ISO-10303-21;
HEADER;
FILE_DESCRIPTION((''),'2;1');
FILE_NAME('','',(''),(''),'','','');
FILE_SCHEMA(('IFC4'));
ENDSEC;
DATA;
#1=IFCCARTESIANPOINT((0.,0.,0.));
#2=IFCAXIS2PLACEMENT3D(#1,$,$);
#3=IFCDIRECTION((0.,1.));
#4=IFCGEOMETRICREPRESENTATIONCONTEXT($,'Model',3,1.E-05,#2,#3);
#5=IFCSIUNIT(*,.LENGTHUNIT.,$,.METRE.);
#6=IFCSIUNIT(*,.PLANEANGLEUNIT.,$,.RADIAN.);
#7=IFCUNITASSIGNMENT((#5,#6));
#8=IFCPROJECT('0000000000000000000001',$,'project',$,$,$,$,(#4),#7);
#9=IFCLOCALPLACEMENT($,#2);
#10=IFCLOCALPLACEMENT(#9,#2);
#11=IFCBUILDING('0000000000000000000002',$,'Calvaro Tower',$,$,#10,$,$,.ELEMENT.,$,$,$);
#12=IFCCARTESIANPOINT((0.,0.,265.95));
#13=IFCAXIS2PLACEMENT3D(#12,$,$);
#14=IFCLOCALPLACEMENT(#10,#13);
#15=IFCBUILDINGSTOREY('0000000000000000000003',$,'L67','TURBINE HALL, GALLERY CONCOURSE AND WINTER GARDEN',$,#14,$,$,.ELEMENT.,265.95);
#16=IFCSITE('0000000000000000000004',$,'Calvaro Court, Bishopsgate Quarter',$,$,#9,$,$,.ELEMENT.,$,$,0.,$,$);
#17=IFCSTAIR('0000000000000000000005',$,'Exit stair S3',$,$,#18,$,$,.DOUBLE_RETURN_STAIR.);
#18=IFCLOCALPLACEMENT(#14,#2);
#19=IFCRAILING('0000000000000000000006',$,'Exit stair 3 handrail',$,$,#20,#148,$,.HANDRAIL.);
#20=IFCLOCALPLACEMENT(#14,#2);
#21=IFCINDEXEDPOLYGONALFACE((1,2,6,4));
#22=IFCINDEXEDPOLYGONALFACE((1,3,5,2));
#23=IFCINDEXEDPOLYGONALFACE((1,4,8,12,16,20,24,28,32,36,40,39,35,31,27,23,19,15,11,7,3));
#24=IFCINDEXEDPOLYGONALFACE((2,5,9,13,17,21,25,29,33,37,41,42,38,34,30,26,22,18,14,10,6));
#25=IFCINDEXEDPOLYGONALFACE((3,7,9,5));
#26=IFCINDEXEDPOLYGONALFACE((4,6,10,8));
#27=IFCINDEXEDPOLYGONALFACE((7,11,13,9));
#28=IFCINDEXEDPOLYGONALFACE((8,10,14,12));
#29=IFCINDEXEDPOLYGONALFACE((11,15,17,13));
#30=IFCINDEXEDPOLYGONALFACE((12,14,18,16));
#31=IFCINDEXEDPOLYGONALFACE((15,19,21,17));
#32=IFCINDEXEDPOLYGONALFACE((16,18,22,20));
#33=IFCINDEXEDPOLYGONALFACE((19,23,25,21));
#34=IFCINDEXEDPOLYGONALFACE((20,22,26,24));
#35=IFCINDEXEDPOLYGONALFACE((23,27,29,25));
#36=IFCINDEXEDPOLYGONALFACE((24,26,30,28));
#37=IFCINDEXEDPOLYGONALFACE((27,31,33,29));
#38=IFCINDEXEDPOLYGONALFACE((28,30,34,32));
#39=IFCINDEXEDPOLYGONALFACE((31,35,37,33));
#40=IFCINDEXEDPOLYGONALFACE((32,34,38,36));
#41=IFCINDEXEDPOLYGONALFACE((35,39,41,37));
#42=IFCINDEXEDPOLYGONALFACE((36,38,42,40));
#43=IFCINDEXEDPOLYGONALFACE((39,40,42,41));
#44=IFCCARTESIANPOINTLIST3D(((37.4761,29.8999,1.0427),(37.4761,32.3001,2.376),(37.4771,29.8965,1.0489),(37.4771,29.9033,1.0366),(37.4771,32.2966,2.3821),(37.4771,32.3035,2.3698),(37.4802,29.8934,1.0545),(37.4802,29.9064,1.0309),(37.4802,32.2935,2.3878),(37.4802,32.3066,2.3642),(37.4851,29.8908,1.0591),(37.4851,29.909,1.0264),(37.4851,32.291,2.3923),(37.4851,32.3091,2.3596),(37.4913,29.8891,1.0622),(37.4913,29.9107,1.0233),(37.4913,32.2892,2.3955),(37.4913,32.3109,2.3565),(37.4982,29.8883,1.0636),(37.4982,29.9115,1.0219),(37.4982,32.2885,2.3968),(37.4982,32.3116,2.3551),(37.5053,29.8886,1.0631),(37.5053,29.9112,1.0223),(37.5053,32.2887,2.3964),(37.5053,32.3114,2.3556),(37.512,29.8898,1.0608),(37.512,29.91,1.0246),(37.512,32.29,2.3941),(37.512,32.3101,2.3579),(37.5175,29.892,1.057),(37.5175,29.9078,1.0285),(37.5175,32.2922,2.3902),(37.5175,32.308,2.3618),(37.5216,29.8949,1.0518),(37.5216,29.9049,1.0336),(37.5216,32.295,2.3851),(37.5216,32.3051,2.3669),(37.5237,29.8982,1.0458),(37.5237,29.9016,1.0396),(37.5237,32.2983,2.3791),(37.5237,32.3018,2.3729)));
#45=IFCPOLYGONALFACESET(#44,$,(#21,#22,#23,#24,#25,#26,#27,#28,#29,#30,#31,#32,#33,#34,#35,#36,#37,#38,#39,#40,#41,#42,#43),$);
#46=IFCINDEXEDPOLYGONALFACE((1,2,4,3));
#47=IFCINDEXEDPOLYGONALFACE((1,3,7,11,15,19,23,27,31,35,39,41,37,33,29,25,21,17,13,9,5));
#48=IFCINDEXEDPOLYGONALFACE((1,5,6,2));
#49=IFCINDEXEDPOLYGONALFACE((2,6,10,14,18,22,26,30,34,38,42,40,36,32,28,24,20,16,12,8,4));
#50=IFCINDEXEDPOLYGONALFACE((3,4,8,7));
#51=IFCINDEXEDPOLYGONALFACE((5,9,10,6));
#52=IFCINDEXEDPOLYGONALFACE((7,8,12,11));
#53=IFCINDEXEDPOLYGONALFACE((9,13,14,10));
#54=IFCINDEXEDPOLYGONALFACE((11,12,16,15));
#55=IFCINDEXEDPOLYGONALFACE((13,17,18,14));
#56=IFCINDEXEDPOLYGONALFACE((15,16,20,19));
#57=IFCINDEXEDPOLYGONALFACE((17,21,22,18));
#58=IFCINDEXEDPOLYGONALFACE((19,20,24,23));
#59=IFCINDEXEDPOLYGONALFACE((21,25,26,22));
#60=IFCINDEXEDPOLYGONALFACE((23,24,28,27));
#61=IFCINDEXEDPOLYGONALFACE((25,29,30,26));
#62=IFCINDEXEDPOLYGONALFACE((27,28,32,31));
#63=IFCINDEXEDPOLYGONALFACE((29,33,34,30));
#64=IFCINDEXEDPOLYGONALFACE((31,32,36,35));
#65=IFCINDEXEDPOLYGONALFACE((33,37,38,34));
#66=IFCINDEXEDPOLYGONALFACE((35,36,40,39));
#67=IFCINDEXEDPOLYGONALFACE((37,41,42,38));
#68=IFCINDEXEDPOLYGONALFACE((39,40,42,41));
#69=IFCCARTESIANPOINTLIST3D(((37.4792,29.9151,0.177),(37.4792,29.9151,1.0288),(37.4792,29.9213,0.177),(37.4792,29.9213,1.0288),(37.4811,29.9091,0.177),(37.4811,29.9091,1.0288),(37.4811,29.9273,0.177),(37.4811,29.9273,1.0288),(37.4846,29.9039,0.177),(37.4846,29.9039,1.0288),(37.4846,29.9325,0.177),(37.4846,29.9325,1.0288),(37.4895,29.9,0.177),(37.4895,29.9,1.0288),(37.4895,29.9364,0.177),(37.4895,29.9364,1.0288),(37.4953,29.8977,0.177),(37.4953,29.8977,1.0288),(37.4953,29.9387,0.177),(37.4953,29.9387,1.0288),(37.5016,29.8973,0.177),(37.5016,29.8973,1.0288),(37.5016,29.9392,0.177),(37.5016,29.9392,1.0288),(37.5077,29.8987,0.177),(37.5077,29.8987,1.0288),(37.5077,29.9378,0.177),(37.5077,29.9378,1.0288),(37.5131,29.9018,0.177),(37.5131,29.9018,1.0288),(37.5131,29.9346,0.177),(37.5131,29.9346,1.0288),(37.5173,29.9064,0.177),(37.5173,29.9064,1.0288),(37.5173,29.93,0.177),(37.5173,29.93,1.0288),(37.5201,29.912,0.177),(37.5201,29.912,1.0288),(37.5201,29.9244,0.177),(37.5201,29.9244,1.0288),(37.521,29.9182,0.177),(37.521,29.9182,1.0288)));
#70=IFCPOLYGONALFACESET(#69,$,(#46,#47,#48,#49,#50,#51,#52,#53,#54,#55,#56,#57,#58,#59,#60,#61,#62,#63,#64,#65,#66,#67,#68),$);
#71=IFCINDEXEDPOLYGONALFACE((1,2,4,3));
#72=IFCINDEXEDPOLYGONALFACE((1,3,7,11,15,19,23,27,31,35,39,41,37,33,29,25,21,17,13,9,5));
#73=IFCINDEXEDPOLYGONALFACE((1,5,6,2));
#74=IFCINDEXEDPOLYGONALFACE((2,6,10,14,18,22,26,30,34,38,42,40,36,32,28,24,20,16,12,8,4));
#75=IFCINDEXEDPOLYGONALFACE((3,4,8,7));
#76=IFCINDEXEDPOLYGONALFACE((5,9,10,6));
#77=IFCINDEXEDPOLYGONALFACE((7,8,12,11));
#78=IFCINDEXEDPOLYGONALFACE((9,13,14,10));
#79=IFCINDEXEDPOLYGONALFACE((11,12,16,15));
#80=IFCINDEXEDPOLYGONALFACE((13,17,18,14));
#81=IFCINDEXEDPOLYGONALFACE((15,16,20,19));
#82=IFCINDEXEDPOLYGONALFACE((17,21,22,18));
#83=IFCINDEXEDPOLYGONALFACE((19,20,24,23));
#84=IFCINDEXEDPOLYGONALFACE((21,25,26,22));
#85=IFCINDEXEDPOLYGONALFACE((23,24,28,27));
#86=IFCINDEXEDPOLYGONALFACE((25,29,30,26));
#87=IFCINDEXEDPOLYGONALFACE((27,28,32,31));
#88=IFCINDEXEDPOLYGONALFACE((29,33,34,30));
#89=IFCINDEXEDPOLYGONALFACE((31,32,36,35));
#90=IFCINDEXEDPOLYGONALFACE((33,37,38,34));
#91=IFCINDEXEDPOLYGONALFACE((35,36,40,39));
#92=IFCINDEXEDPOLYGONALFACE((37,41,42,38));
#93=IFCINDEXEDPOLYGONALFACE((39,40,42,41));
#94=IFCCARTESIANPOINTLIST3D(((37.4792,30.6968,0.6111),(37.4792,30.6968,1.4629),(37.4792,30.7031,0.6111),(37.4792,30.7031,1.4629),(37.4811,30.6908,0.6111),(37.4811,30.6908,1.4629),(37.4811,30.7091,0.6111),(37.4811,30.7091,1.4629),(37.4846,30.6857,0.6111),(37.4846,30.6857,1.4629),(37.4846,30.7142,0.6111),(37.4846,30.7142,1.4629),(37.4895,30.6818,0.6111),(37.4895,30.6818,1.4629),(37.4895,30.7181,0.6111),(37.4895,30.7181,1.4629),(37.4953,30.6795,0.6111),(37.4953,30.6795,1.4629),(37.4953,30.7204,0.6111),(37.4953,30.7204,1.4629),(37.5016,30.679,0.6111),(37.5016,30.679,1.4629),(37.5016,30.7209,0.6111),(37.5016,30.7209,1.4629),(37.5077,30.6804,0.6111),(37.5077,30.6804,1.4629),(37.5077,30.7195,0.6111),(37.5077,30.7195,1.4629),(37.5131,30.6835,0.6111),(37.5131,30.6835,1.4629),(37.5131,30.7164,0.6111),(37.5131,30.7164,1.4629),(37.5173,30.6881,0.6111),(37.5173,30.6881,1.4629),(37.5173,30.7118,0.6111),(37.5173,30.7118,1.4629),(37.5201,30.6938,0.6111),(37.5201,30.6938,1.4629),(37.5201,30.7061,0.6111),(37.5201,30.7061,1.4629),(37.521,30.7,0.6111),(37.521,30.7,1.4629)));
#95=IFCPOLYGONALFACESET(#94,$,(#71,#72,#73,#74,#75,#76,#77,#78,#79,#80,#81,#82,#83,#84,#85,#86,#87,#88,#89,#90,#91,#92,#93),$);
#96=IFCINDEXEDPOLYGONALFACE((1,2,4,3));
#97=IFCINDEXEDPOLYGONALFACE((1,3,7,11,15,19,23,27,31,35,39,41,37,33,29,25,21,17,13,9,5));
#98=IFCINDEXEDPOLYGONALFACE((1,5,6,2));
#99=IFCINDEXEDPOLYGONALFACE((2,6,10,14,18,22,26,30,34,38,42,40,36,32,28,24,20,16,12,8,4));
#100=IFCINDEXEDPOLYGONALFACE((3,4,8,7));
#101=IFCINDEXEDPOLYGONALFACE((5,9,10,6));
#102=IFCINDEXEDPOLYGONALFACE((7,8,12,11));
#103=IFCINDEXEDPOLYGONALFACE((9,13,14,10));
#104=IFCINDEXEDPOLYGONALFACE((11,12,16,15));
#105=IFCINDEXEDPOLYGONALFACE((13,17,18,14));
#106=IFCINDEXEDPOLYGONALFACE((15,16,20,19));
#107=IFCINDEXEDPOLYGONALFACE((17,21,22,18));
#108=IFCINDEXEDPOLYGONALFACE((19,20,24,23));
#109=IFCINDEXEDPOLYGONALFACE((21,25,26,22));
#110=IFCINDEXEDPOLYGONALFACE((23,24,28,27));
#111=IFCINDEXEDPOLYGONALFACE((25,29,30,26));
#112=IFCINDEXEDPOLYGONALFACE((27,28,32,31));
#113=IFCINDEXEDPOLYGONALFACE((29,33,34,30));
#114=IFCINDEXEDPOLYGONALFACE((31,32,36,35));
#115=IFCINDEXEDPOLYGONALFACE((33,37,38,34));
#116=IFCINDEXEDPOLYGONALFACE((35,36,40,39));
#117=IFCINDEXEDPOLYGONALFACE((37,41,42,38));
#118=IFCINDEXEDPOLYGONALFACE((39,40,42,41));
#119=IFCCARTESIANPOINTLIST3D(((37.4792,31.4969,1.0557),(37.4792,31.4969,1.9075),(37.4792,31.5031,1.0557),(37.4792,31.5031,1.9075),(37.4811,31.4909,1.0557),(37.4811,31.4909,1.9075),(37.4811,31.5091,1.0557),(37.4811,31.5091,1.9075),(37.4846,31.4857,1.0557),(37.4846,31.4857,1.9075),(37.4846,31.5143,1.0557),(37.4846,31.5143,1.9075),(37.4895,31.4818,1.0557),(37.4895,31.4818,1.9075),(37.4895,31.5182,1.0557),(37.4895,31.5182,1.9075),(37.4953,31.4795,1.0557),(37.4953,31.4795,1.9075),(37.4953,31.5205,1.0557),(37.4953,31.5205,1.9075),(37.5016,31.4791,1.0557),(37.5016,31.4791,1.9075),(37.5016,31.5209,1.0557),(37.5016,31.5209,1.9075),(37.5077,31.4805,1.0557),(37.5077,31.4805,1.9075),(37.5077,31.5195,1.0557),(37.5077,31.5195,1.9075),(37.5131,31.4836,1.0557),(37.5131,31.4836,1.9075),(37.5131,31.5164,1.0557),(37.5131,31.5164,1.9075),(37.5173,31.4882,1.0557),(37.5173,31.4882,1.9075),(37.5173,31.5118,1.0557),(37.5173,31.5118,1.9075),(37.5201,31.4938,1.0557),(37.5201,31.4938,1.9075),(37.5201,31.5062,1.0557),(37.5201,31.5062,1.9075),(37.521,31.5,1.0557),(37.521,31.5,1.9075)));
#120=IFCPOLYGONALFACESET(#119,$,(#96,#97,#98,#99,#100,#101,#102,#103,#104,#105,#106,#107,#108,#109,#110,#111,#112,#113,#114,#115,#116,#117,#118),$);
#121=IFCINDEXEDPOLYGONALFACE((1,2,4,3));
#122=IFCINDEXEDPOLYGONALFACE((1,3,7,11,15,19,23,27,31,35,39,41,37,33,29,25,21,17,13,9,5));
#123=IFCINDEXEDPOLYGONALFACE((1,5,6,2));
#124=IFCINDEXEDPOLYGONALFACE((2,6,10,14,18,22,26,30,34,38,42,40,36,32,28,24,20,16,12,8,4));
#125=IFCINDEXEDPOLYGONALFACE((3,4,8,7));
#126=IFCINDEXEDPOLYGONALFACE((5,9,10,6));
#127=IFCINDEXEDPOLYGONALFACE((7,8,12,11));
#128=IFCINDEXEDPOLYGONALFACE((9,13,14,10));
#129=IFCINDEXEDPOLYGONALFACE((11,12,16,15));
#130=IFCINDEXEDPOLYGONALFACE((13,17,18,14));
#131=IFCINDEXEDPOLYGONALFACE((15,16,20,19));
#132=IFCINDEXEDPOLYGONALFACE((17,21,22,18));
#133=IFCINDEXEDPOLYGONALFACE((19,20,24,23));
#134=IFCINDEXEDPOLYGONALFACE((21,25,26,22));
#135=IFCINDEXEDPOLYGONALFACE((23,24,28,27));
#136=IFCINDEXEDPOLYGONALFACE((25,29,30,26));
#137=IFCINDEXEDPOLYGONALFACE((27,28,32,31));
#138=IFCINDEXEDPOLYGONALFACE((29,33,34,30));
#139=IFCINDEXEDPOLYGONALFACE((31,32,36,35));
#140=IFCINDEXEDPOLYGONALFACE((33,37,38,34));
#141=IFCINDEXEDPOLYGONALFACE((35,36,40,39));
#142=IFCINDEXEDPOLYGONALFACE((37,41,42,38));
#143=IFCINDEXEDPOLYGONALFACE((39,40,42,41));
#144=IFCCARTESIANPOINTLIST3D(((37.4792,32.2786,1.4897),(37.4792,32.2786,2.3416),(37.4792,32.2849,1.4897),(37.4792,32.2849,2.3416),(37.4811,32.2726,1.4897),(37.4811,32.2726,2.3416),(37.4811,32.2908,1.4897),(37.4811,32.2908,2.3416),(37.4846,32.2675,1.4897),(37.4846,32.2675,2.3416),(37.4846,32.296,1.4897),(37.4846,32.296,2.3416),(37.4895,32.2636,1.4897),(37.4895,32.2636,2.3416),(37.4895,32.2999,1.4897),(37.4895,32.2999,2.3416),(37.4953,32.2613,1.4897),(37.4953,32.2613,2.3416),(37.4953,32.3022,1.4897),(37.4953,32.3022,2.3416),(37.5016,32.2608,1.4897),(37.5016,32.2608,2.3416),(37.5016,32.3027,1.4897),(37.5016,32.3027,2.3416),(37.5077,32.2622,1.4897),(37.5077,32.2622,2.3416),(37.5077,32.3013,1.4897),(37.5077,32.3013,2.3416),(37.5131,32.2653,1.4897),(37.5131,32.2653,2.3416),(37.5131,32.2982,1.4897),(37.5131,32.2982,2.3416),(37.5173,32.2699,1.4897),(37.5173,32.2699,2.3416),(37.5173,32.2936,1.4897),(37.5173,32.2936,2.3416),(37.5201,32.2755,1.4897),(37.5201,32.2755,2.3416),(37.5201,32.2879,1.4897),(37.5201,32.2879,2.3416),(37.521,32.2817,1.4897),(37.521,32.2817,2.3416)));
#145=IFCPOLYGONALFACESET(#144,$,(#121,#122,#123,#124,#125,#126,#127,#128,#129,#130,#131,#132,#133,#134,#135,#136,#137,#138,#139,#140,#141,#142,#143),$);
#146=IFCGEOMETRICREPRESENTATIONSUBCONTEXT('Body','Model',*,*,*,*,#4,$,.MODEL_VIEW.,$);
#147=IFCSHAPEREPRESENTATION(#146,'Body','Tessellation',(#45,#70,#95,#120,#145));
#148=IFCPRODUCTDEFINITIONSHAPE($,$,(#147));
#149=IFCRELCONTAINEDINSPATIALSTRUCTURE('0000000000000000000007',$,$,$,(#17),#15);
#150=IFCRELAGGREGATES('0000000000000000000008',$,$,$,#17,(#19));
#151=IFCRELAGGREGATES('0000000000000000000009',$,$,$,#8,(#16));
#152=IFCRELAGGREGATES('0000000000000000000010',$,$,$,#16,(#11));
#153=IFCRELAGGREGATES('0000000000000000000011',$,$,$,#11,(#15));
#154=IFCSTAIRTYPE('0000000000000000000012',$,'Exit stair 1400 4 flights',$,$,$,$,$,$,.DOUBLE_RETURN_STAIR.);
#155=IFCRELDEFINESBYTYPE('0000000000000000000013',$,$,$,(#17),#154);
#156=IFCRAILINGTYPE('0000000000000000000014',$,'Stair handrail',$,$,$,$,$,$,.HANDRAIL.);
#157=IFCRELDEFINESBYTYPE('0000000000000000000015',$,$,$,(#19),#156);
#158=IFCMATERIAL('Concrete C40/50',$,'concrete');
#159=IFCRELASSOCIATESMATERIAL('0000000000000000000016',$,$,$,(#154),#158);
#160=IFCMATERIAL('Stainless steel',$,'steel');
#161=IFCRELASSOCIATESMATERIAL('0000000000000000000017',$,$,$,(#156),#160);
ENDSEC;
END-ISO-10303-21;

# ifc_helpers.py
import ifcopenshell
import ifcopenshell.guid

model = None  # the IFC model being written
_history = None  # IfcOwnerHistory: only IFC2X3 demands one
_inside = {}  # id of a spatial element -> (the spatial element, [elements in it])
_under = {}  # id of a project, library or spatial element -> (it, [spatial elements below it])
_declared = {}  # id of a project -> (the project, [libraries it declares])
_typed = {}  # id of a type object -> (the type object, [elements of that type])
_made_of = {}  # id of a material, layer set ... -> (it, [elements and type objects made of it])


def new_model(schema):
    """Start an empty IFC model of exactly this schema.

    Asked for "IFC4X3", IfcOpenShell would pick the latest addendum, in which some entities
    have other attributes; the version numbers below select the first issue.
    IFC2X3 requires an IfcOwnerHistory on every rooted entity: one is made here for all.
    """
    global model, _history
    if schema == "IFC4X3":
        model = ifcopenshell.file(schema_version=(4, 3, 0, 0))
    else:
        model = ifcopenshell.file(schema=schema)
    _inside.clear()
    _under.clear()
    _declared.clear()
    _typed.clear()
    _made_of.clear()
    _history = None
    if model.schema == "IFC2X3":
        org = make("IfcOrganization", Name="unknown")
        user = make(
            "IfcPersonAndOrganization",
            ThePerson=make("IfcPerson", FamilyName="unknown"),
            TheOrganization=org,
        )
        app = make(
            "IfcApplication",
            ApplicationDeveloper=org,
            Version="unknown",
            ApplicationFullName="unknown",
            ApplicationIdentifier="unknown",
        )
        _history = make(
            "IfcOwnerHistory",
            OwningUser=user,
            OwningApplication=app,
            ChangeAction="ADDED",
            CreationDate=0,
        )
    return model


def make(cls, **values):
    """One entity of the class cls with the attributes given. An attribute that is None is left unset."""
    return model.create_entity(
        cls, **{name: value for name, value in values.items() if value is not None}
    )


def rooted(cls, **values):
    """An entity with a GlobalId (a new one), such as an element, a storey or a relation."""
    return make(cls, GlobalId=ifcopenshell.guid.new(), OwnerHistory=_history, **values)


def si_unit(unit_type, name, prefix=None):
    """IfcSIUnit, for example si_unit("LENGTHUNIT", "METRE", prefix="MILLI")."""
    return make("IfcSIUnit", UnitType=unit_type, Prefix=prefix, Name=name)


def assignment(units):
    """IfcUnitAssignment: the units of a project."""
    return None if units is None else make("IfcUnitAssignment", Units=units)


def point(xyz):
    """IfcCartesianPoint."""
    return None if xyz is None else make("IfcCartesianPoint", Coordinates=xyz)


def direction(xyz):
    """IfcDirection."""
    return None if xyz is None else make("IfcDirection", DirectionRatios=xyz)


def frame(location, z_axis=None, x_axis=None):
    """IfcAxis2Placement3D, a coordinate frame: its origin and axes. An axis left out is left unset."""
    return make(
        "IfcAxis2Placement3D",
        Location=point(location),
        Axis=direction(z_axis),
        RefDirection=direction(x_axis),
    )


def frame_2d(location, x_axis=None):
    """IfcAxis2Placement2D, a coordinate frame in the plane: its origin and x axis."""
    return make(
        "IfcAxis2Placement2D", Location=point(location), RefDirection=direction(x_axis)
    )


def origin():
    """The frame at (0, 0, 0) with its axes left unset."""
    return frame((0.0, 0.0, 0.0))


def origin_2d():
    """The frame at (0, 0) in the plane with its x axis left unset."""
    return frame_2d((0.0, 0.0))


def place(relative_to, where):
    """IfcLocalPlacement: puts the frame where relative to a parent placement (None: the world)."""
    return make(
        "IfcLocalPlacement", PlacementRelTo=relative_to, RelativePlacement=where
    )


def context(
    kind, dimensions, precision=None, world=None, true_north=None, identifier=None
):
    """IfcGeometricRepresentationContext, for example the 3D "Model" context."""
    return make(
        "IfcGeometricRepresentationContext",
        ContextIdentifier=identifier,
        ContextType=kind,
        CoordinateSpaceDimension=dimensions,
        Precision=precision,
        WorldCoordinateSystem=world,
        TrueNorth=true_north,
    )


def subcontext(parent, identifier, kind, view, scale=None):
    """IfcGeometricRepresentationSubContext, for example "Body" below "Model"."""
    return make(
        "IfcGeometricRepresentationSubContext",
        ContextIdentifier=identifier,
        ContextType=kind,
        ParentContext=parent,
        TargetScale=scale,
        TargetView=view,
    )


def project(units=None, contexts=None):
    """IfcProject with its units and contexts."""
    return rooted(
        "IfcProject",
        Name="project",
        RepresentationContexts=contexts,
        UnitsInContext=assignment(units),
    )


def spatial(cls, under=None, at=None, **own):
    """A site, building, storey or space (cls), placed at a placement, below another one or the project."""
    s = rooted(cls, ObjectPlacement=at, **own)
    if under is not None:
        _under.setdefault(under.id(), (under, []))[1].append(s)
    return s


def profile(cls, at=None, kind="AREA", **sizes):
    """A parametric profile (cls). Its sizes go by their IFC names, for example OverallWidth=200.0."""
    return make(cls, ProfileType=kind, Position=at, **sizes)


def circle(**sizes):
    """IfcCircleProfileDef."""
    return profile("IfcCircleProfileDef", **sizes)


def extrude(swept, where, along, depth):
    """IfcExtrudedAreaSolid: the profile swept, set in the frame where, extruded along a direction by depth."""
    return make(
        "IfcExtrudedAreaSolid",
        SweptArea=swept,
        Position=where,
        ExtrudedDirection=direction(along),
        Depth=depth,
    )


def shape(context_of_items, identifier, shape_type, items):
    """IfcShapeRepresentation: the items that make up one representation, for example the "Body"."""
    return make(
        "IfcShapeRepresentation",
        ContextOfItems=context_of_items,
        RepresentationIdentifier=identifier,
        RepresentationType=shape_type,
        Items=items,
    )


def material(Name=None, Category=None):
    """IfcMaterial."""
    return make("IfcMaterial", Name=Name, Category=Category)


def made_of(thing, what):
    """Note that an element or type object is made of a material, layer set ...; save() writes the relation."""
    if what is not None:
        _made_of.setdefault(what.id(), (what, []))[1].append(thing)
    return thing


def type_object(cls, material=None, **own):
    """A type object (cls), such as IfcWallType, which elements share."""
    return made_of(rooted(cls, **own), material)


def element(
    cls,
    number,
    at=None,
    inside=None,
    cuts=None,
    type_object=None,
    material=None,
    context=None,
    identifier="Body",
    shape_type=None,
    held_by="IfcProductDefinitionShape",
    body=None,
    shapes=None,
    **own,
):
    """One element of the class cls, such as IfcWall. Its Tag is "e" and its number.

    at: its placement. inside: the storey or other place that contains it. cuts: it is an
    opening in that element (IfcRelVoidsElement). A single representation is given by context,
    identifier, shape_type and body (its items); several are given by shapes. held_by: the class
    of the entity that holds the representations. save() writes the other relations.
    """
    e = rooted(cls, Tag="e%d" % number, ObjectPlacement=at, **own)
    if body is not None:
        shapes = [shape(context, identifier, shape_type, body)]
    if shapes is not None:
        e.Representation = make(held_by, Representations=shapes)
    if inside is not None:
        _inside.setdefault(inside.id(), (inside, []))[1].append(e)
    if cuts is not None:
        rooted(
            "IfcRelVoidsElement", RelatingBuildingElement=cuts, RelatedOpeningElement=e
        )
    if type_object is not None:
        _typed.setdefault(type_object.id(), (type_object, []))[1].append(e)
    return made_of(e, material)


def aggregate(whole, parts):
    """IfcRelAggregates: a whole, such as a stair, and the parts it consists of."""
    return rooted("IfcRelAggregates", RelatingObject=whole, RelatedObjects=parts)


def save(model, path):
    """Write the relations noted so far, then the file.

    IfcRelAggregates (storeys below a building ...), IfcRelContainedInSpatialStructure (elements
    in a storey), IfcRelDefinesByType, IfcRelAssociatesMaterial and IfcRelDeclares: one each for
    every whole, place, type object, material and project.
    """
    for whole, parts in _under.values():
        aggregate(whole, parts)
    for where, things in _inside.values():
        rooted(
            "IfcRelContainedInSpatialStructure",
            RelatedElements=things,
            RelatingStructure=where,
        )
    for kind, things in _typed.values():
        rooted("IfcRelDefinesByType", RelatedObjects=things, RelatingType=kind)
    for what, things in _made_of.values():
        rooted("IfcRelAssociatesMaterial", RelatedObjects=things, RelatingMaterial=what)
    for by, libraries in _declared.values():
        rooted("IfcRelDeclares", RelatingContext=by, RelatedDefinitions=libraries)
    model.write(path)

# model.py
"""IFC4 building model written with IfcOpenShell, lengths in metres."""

from ifc_helpers import new_model, si_unit, direction, frame, origin, origin_2d, place, context, subcontext, project, spatial, circle, extrude, material, type_object, element, aggregate, save


model = new_model("IFC4")

# Units and contexts
model_context = context("Model", 3, precision=1e-05, world=origin(), true_north=direction((0.0, 1.0)))
body_context = subcontext(model_context, "Body", "Model", "MODEL_VIEW")
ifc_project = project(units=[si_unit("LENGTHUNIT", "METRE"), si_unit("PLANEANGLEUNIT", "RADIAN")], contexts=[model_context])

# Site, building, storey
site_placement = place(None, origin())
site = spatial("IfcSite", under=ifc_project, at=site_placement, Name="Calvaro Court, Bishopsgate Quarter", CompositionType="ELEMENT", RefElevation=0.0)
building_placement = place(site_placement, origin())
building = spatial("IfcBuilding", under=site, at=building_placement, Name="Calvaro Tower", CompositionType="ELEMENT")
storey_placement = place(building_placement, frame((0.0, 0.0, 265.95)))
storey = spatial("IfcBuildingStorey", under=building, at=storey_placement, Name="L67", Description="TURBINE HALL, GALLERY CONCOURSE AND WINTER GARDEN", CompositionType="ELEMENT", Elevation=265.95)

# Stair, railing
ifc_material_1 = material(Name="Concrete C40/50", Category="concrete")
stair_type = type_object("IfcStairType", Name="Exit stair 1400 4 flights", PredefinedType="DOUBLE_RETURN_STAIR", material=ifc_material_1)
stair_placement = place(storey_placement, origin())
stair = element("IfcStair", 1, at=stair_placement, inside=storey, type_object=stair_type, Name="Exit stair S3", PredefinedType="DOUBLE_RETURN_STAIR")
ifc_material_2 = material(Name="Stainless steel", Category="steel")
railing_type = type_object("IfcRailingType", Name="Stair handrail", PredefinedType="HANDRAIL", material=ifc_material_2)
railing_placement = place(storey_placement, frame((37.5, 29.8999, 0.1667)))
railing = element("IfcRailing", 2, at=railing_placement, type_object=railing_type, Name="Exit stair 3 handrail", PredefinedType="HANDRAIL", context=body_context, shape_type="SweptSolid", body=[
    extrude(circle(Radius=0.0239, at=origin_2d()), frame((0.0, 0.0, 0.876), z_axis=(0.0, 0.874182, 0.485598), x_axis=(-1.0, 0.0, 0.0)), (0.0, 0.0, 1.0), 2.7456),
    extrude(circle(Radius=0.021, at=origin_2d()), frame((0.0, 0.0183, 0.0103)), (0.0, 0.0, 1.0), 0.8518),
    extrude(circle(Radius=0.021, at=origin_2d()), frame((0.0, 0.8, 0.4443)), (0.0, 0.0, 1.0), 0.8518),
    extrude(circle(Radius=0.021, at=origin_2d()), frame((0.0, 1.6001, 0.8889)), (0.0, 0.0, 1.0), 0.8518),
    extrude(circle(Radius=0.021, at=origin_2d()), frame((0.0, 2.3818, 1.323)), (0.0, 0.0, 1.0), 0.8518),
])
aggregate(stair, [railing])

save(model, "model.ifc")
